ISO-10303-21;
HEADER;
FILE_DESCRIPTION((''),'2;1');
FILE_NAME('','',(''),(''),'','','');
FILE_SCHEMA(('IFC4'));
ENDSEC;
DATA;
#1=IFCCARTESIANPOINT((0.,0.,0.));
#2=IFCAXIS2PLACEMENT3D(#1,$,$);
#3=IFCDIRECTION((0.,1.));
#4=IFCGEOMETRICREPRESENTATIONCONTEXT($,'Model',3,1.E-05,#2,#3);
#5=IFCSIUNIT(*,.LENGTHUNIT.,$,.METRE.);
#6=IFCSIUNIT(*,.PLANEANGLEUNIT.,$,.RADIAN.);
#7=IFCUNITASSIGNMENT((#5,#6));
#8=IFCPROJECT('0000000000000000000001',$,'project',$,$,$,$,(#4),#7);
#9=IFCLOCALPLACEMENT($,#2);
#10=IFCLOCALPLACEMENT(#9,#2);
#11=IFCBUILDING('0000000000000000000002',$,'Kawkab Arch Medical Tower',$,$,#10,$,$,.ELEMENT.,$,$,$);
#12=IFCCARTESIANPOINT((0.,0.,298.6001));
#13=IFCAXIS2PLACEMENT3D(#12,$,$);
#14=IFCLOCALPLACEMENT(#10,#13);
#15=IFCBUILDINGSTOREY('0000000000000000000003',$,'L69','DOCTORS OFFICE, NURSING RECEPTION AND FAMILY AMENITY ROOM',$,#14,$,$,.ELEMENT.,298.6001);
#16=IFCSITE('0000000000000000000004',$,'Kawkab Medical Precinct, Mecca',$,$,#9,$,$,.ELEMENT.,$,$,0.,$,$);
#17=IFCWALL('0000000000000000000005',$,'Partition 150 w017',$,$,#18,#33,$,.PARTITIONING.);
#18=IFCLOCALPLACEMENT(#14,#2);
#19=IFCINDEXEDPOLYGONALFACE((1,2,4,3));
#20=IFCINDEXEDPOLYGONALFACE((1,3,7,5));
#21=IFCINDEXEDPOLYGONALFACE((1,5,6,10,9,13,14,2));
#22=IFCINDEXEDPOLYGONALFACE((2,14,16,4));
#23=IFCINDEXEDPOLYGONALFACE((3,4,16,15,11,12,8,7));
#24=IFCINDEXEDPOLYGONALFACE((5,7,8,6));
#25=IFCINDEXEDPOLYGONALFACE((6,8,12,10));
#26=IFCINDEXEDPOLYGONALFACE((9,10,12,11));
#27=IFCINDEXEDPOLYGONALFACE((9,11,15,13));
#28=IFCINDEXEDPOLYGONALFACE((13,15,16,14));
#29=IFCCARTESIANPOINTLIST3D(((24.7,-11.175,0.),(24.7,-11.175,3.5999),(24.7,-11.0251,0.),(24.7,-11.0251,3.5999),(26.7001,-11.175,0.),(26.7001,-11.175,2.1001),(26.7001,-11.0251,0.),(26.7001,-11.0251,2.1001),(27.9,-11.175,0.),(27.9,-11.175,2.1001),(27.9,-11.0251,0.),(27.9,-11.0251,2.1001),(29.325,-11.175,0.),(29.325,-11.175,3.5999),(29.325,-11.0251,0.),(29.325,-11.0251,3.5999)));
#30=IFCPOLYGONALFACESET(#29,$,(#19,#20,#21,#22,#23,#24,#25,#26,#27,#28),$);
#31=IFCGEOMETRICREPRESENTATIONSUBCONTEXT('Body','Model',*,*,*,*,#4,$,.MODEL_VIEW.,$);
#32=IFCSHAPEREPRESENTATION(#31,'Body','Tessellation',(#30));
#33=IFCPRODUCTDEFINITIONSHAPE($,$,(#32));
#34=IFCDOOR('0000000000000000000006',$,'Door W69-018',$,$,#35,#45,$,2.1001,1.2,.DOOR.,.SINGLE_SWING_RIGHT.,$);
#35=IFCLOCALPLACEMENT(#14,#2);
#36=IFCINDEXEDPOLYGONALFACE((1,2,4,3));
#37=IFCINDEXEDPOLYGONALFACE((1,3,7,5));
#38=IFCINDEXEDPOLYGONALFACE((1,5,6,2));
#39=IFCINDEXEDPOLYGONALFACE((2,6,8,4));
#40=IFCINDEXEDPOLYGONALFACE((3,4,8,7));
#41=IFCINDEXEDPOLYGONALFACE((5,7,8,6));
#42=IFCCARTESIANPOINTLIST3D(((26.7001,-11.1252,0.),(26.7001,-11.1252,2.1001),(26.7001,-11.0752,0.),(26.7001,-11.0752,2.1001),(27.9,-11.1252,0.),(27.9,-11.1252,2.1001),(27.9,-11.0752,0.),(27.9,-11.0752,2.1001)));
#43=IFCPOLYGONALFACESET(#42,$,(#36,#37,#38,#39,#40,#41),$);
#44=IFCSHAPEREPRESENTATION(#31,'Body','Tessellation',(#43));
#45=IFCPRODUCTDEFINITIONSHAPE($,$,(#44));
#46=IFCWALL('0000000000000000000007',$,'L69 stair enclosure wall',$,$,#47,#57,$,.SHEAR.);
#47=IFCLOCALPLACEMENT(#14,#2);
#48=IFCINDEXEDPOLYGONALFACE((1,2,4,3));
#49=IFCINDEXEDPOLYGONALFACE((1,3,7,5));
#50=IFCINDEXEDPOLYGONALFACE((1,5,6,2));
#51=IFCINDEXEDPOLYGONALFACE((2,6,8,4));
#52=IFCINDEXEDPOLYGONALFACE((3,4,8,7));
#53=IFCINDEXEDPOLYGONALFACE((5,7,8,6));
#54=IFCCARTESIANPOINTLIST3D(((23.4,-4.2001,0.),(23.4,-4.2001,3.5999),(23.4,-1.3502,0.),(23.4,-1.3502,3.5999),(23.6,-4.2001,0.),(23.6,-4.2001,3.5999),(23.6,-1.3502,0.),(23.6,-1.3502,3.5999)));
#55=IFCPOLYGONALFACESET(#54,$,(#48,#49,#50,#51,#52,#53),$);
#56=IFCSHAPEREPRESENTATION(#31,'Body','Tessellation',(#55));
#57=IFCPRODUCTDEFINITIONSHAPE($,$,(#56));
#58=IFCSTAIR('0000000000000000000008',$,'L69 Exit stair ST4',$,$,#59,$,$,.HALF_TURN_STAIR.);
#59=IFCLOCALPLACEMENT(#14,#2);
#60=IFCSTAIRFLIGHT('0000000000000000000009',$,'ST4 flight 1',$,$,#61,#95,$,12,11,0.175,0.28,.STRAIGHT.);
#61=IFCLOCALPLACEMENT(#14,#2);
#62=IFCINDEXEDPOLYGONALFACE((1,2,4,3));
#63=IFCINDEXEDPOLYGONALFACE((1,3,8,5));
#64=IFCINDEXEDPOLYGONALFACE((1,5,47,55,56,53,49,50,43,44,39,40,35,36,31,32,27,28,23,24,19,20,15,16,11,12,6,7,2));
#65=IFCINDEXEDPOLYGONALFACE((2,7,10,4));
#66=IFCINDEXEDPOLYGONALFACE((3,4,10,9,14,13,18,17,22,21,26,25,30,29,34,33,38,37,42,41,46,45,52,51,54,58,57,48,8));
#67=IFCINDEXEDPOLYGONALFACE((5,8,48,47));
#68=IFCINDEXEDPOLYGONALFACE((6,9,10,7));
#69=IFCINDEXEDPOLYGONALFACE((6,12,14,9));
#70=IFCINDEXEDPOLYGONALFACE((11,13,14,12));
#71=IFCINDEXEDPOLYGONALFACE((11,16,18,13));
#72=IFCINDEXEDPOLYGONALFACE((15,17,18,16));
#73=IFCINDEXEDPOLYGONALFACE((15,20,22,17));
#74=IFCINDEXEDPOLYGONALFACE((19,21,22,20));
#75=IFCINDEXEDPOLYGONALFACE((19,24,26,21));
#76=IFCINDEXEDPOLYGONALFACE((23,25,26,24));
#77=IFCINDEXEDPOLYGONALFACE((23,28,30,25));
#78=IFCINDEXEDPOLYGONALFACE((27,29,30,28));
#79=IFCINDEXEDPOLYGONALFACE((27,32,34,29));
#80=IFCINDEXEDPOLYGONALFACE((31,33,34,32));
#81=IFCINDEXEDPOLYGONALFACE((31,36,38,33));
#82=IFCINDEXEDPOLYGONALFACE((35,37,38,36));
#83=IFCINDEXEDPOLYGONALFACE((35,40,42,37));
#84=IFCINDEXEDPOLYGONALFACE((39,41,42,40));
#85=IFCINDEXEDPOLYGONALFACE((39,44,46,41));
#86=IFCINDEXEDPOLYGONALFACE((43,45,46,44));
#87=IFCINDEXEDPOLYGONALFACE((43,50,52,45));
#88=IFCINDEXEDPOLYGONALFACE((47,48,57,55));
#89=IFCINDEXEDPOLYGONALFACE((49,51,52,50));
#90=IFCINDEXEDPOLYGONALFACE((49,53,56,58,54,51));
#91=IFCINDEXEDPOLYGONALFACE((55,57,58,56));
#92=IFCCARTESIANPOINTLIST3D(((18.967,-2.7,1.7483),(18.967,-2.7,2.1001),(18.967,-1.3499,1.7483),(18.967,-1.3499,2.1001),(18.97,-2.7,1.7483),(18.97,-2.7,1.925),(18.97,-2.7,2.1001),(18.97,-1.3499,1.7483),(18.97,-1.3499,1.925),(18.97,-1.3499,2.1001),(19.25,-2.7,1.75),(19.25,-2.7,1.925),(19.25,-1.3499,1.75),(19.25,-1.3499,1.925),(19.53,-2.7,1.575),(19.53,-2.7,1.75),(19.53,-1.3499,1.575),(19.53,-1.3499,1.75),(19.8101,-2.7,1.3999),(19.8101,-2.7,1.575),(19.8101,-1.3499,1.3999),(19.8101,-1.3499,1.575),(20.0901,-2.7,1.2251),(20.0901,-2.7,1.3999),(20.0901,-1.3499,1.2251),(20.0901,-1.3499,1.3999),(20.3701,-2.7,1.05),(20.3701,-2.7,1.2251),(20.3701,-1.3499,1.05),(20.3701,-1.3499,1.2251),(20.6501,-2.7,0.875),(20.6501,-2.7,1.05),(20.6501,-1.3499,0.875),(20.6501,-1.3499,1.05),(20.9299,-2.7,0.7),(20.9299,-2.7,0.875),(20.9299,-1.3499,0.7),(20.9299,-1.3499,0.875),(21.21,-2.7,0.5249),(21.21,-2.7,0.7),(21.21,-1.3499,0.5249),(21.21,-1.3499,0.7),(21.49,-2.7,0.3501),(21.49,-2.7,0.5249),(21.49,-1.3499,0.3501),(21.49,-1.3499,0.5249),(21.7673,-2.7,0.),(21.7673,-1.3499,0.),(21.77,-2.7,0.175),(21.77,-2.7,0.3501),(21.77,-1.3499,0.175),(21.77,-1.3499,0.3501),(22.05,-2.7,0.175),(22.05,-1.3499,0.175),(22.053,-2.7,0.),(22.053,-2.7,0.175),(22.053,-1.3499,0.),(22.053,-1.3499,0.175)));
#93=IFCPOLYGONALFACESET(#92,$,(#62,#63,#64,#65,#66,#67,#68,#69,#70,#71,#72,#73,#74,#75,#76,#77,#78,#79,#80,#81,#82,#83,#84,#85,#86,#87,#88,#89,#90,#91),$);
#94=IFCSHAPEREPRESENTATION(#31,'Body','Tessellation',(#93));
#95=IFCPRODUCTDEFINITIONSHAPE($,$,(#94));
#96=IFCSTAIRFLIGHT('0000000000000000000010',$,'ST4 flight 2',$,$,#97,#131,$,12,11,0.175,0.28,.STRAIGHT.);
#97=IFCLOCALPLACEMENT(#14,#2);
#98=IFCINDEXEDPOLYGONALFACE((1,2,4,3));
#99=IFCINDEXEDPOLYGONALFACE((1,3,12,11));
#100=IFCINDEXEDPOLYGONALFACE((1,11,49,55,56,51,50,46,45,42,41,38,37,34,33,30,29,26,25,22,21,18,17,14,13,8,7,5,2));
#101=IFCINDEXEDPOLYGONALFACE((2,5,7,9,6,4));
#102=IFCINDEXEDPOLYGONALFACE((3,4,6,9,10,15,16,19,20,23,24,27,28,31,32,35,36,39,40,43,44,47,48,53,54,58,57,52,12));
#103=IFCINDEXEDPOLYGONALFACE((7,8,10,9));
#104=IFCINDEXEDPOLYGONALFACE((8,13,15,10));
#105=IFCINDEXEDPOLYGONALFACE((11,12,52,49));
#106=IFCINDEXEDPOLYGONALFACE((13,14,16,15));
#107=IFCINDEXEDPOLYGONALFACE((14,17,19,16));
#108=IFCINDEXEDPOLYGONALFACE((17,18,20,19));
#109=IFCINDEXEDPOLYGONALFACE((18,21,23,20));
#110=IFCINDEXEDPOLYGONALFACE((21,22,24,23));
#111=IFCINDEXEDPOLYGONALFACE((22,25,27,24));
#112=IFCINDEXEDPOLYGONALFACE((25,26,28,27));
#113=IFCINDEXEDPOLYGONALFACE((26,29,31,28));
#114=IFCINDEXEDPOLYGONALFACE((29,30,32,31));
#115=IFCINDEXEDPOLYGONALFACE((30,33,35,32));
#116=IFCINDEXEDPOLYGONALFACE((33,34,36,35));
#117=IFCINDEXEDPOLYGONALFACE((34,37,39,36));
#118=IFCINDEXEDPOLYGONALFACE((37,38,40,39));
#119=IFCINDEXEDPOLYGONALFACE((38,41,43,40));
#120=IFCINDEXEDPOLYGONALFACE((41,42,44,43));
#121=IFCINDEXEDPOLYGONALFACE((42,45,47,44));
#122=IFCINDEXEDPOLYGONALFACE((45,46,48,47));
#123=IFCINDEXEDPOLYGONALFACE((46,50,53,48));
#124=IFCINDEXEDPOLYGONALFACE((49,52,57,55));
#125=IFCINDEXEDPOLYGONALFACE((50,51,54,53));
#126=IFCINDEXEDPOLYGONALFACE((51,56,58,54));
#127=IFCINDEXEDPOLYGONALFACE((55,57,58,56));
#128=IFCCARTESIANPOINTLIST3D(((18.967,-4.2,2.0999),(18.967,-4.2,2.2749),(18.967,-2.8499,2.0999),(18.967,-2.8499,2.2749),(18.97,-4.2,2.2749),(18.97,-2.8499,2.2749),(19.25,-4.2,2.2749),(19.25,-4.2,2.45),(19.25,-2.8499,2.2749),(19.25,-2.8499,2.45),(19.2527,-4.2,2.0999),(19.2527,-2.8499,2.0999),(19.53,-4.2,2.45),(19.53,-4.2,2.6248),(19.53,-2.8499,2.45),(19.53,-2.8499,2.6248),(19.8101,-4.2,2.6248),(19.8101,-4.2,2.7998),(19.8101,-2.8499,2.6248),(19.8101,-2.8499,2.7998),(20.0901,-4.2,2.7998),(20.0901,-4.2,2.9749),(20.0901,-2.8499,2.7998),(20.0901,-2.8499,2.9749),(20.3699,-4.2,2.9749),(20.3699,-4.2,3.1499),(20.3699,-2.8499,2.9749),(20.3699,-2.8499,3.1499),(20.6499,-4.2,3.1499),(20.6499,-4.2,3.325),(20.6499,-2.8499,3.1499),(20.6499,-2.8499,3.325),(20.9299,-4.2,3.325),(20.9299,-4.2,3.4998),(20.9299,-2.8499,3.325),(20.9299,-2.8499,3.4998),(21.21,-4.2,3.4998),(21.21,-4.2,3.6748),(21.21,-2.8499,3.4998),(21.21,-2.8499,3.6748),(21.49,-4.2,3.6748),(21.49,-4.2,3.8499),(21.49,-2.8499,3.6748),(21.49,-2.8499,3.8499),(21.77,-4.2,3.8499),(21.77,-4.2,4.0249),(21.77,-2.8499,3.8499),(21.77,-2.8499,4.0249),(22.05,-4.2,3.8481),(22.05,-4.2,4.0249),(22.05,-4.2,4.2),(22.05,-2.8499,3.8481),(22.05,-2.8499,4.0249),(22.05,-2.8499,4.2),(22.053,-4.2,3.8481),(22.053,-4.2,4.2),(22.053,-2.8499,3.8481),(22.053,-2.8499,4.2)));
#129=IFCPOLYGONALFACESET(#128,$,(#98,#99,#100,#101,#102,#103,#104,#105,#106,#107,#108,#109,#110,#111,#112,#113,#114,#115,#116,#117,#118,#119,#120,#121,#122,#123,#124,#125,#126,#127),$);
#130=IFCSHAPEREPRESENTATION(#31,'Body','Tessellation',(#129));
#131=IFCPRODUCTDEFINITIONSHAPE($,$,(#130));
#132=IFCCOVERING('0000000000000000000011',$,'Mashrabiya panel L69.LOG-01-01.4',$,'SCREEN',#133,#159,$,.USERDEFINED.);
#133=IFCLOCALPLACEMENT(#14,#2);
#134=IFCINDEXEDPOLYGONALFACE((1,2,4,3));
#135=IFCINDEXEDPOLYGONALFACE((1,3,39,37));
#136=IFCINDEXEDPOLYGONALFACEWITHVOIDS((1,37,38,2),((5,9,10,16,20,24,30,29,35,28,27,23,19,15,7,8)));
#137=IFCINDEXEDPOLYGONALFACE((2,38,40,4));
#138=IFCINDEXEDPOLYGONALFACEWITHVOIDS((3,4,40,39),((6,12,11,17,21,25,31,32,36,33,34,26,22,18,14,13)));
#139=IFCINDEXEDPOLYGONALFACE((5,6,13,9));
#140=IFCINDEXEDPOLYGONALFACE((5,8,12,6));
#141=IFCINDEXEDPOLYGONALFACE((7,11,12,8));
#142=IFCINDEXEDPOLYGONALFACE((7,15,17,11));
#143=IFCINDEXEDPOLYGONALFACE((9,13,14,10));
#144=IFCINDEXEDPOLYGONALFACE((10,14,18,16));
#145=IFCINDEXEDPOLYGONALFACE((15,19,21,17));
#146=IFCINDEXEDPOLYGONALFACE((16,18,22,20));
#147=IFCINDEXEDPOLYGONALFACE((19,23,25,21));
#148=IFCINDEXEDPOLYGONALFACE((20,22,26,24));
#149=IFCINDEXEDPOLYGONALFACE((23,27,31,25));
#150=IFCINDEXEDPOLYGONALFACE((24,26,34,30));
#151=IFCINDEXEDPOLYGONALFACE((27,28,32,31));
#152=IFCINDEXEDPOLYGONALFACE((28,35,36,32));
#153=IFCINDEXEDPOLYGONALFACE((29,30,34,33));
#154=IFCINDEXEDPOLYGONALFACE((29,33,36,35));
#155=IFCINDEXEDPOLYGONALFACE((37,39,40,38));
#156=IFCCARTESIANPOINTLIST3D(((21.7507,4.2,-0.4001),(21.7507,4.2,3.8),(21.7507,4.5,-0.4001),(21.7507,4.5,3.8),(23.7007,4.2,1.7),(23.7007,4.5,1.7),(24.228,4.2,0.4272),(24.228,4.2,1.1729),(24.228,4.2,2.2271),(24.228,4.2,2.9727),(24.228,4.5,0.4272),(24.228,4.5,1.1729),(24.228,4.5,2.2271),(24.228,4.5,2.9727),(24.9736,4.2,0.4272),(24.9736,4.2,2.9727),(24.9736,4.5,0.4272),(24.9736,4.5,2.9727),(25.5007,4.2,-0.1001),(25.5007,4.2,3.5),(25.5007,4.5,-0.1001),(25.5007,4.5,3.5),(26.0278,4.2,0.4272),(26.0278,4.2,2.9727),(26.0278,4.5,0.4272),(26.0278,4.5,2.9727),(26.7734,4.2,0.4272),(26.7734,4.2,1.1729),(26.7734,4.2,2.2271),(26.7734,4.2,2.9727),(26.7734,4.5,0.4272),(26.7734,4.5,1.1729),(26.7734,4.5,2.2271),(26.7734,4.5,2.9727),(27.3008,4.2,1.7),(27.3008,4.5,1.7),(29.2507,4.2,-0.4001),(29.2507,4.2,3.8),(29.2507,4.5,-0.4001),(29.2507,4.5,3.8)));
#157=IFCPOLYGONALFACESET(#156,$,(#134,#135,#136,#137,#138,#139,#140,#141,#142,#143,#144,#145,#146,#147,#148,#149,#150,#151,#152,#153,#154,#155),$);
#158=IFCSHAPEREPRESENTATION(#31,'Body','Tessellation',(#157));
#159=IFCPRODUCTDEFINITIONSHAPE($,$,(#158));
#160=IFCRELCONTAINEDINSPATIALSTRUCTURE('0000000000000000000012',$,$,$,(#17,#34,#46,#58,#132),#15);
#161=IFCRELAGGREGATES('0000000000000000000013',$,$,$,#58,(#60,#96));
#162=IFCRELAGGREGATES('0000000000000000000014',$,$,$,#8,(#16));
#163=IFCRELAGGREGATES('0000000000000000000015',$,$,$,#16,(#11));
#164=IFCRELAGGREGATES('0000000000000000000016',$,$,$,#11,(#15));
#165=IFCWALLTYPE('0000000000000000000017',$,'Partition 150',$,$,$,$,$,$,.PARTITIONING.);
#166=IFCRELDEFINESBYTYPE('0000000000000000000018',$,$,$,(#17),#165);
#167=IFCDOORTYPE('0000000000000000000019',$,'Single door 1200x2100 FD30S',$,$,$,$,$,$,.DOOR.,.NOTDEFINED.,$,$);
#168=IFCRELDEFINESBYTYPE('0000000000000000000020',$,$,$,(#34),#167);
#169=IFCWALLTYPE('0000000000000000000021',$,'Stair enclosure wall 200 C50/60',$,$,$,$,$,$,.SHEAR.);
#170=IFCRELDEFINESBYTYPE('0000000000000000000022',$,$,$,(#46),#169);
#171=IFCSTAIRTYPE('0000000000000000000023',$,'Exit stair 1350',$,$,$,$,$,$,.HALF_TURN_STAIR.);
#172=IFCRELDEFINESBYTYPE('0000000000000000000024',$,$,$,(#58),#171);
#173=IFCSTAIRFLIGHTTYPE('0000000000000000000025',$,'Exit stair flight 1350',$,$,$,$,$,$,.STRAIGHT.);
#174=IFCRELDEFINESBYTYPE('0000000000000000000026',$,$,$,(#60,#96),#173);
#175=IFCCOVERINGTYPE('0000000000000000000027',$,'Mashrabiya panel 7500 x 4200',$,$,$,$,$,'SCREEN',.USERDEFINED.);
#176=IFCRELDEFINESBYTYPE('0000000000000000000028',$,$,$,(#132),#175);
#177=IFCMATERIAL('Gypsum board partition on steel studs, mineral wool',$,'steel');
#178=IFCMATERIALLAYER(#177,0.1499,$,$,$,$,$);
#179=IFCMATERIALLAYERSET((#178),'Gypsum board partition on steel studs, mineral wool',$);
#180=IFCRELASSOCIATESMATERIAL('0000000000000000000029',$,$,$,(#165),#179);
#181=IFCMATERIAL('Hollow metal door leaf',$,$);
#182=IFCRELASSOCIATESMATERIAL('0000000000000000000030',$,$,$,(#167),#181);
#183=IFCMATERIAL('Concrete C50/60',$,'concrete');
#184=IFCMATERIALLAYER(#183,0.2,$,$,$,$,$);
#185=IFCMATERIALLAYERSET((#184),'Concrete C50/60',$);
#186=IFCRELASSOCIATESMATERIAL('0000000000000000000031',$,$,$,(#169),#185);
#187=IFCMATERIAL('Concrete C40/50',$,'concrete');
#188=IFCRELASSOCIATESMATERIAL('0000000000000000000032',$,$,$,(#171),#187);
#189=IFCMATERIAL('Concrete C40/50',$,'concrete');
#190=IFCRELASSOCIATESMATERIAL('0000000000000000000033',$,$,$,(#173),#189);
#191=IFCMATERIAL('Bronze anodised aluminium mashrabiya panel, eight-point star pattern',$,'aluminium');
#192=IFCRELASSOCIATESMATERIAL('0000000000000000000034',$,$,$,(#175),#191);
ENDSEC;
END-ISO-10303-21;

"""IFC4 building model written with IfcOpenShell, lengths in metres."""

from ifc_helpers import new_model, si_unit, direction, frame, frame_2d, origin, place, context, subcontext, project, spatial, polyline, rectangle, outline, extrude, material, layer, layer_set, material_profile, profile_set, type_object, element, fill, aggregate, save


model = new_model("IFC4")

# Units and contexts
model_context = context("Model", 3, precision=1e-05, world=origin(), true_north=direction((0.0, 1.0)))
body_context = subcontext(model_context, "Body", "Model", "MODEL_VIEW")
ifc_project = project(units=[si_unit("LENGTHUNIT", "METRE"), si_unit("PLANEANGLEUNIT", "RADIAN")], contexts=[model_context])

# Site, building, storey
site_placement = place(None, origin())
site = spatial("IfcSite", under=ifc_project, at=site_placement, Name="Kawkab Medical Precinct, Mecca", CompositionType="ELEMENT", RefElevation=0.0)
building_placement = place(site_placement, origin())
building = spatial("IfcBuilding", under=site, at=building_placement, Name="Kawkab Arch Medical Tower", CompositionType="ELEMENT")
storey_placement = place(building_placement, frame((0.0, 0.0, 298.6001)))
storey = spatial("IfcBuildingStorey", under=building, at=storey_placement, Name="L69", Description="DOCTORS OFFICE, NURSING RECEPTION AND FAMILY AMENITY ROOM", CompositionType="ELEMENT", Elevation=298.6001)

# Shared definitions
placement = place(storey_placement, origin())

# Wall, opening, door
ifc_material_1 = material(Name="Gypsum board partition on steel studs, mineral wool", Category="steel")
ifc_layer_1 = layer(ifc_material_1, 0.1499)
ifc_layer_set_1 = layer_set([ifc_layer_1], Name="Gypsum board partition on steel studs, mineral wool")
wall_type_1 = type_object("IfcWallType", Name="Partition 150", PredefinedType="PARTITIONING", material=ifc_layer_set_1)
wall_1_placement = place(storey_placement, frame((24.7, -11.1001, 0.0), z_axis=(0.0, 0.0, 1.0), x_axis=(1.0, 0.0, 0.0)))
wall_1 = element("IfcWall", 1, at=wall_1_placement, inside=storey, type_object=wall_type_1, Name="Partition 150 w017", PredefinedType="PARTITIONING", context=body_context, shape_type="SweptSolid", body=[
    extrude(rectangle(XDim=4.625, YDim=0.1499, at=frame_2d((2.3125, 0.0))), origin(), (0.0, 0.0, 1.0), 3.5999),
])
opening_1_placement = place(wall_1_placement, frame((2.0, 0.0, 0.0)))
opening_1 = element("IfcOpeningElement", 2, at=opening_1_placement, cuts=wall_1, PredefinedType="OPENING", context=body_context, shape_type="SweptSolid", body=[
    extrude(rectangle(XDim=1.2, YDim=2.1001, at=frame_2d((0.6001, 1.05))), frame((0.0, 0.085, 0.0), z_axis=(0.0, -1.0, 0.0), x_axis=(1.0, 0.0, 0.0)), (0.0, 0.0, 1.0), 0.1699),
])
ifc_material_2 = material(Name="Hollow metal door leaf")
door_type_1 = type_object("IfcDoorType", Name="Single door 1200x2100 FD30S", OperationType="NOTDEFINED", PredefinedType="DOOR", material=ifc_material_2)
door_1_placement = place(opening_1_placement, origin())
door_1 = element("IfcDoor", 3, at=door_1_placement, inside=storey, type_object=door_type_1, Name="Door W69-018", OperationType="SINGLE_SWING_RIGHT", OverallHeight=2.1001, OverallWidth=1.2, PredefinedType="DOOR", context=body_context, shape_type="SweptSolid", body=[
    extrude(rectangle(XDim=1.2, YDim=2.1001, at=frame_2d((0.6001, 1.05))), frame((0.0, 0.0249, 0.0), z_axis=(0.0, -1.0, 0.0), x_axis=(1.0, 0.0, 0.0)), (0.0, 0.0, 1.0), 0.05),
])
fill(opening_1, door_1)

# Wall
ifc_material_3 = material(Name="Concrete C50/60", Category="concrete")
ifc_layer_2 = layer(ifc_material_3, 0.2)
ifc_layer_set_2 = layer_set([ifc_layer_2], Name="Concrete C50/60")
wall_type_2 = type_object("IfcWallType", Name="Stair enclosure wall 200 C50/60", PredefinedType="SHEAR", material=ifc_layer_set_2)
wall_2_placement = place(storey_placement, frame((23.5, -4.2, 0.0), z_axis=(0.0, 0.0, 1.0), x_axis=(0.0, 1.0, 0.0)))
element("IfcWall", 4, at=wall_2_placement, inside=storey, type_object=wall_type_2, Name="L69 stair enclosure wall", PredefinedType="SHEAR", context=body_context, shape_type="SweptSolid", body=[
    extrude(rectangle(XDim=2.8499, YDim=0.2, at=frame_2d((1.4248, 0.0))), origin(), (0.0, 0.0, 1.0), 3.5999),
])

# Stair, stair flights
ifc_material_4 = material(Name="Concrete C40/50", Category="concrete")
stair_type = type_object("IfcStairType", Name="Exit stair 1350", PredefinedType="HALF_TURN_STAIR", material=ifc_material_4)
stair = element("IfcStair", 5, at=placement, inside=storey, type_object=stair_type, Name="L69 Exit stair ST4", PredefinedType="HALF_TURN_STAIR")
ifc_material_5 = material(Name="Concrete C40/50", Category="concrete")
stair_flight_type = type_object("IfcStairFlightType", Name="Exit stair flight 1350", PredefinedType="STRAIGHT", material=ifc_material_5)
stair_flight_1_placement = place(storey_placement, frame((22.05, -2.0249, 0.0), z_axis=(0.0, 0.0, 1.0), x_axis=(-1.0, 0.0, 0.0)))
stair_flight_1 = element("IfcStairFlight", 6, at=stair_flight_1_placement, type_object=stair_flight_type, Name="ST4 flight 1", NumberOfRisers=12, NumberOfTreads=11, PredefinedType="STRAIGHT", RiserHeight=0.175, TreadLength=0.28, context=body_context, shape_type="SweptSolid", body=[
    extrude(outline(polyline([(-0.0029, 0.0), (-0.0029, 0.175), (0.0, 0.175), (0.28, 0.175), (0.28, 0.3501), (0.5601, 0.3501), (0.5601, 0.5249), (0.8401, 0.5249), (0.8401, 0.7), (1.1201, 0.7), (1.1201, 0.875), (1.3999, 0.875), (1.3999, 1.05), (1.6799, 1.05), (1.6799, 1.2251), (1.96, 1.2251), (1.96, 1.3999), (2.24, 1.3999), (2.24, 1.575), (2.52, 1.575), (2.52, 1.75), (2.8, 1.75), (2.8, 1.925), (3.0801, 1.925), (3.0801, 2.1001), (3.083, 2.1001), (3.083, 1.7483), (3.0801, 1.7483), (0.2827, 0.0), (-0.0029, 0.0)])), frame((0.0, 0.675, 0.0), z_axis=(0.0, -1.0, 0.0), x_axis=(1.0, 0.0, 0.0)), (0.0, 0.0, 1.0), 1.3501),
])
stair_flight_2_placement = place(storey_placement, frame((18.97, -3.5249, 2.0999), z_axis=(0.0, 0.0, 1.0), x_axis=(1.0, 0.0, 0.0)))
stair_flight_2 = element("IfcStairFlight", 7, at=stair_flight_2_placement, type_object=stair_flight_type, Name="ST4 flight 2", NumberOfRisers=12, NumberOfTreads=11, PredefinedType="STRAIGHT", RiserHeight=0.175, TreadLength=0.28, context=body_context, shape_type="SweptSolid", body=[
    extrude(outline(polyline([(-0.0029, 0.0), (-0.0029, 0.175), (0.0, 0.175), (0.28, 0.175), (0.28, 0.3501), (0.5601, 0.3501), (0.5601, 0.5249), (0.8401, 0.5249), (0.8401, 0.7), (1.1201, 0.7), (1.1201, 0.875), (1.3999, 0.875), (1.3999, 1.05), (1.6799, 1.05), (1.6799, 1.2251), (1.96, 1.2251), (1.96, 1.3999), (2.24, 1.3999), (2.24, 1.575), (2.52, 1.575), (2.52, 1.75), (2.8, 1.75), (2.8, 1.925), (3.0801, 1.925), (3.0801, 2.1001), (3.083, 2.1001), (3.083, 1.7483), (3.0801, 1.7483), (0.2827, 0.0), (-0.0029, 0.0)])), frame((0.0, 0.675, 0.0), z_axis=(0.0, -1.0, 0.0), x_axis=(1.0, 0.0, 0.0)), (0.0, 0.0, 1.0), 1.3501),
])
aggregate(stair, [stair_flight_1, stair_flight_2])

# Covering
ifc_material_6 = material(Name="Bronze anodised aluminium mashrabiya panel, eight-point star pattern", Category="aluminium")
ifc_material_profile_1 = material_profile(ifc_material_6, outline(polyline([(-3.75, -2.1001), (3.75, -2.1001), (3.75, 2.1001), (-3.75, 2.1001), (-3.75, -2.1001)]), holes=[polyline([(1.8, 0.0), (1.2727, 0.5271), (1.2727, 1.2727), (0.5271, 1.2727), (0.0, 1.8), (-0.5271, 1.2727), (-1.2727, 1.2727), (-1.2727, 0.5271), (-1.8, 0.0), (-1.2727, -0.5271), (-1.2727, -1.2727), (-0.5271, -1.2727), (0.0, -1.8), (0.5271, -1.2727), (1.2727, -1.2727), (1.2727, -0.5271), (1.8, 0.0)])]), Name="Mashrabiya panel 7500x4200")
ifc_profile_set_1 = profile_set([ifc_material_profile_1], Name="Bronze anodised aluminium mashrabiya panel, eight-point star pattern")
covering_type_1 = type_object("IfcCoveringType", Name="Mashrabiya panel 7500 x 4200", ElementType="SCREEN", PredefinedType="USERDEFINED", material=ifc_profile_set_1)
covering_1_placement = place(storey_placement, frame((25.5007, 4.2, 1.7), z_axis=(0.0, 1.0, 0.0), x_axis=(-1.0, 0.0, 0.0)))
element("IfcCovering", 8, at=covering_1_placement, inside=storey, type_object=covering_type_1, Name="Mashrabiya panel L69.LOG-01-01.4", ObjectType="SCREEN", PredefinedType="USERDEFINED", context=body_context, shape_type="SweptSolid", body=[
    extrude(outline(polyline([(-3.75, -2.1001), (3.75, -2.1001), (3.75, 2.1001), (-3.75, 2.1001), (-3.75, -2.1001)]), holes=[polyline([(1.8, 0.0), (1.2727, 0.5271), (1.2727, 1.2727), (0.5271, 1.2727), (0.0, 1.8), (-0.5271, 1.2727), (-1.2727, 1.2727), (-1.2727, 0.5271), (-1.8, 0.0), (-1.2727, -0.5271), (-1.2727, -1.2727), (-0.5271, -1.2727), (0.0, -1.8), (0.5271, -1.2727), (1.2727, -1.2727), (1.2727, -0.5271), (1.8, 0.0)])]), origin(), (0.0, 0.0, 1.0), 0.3),
])

save(model, "model.ifc")
